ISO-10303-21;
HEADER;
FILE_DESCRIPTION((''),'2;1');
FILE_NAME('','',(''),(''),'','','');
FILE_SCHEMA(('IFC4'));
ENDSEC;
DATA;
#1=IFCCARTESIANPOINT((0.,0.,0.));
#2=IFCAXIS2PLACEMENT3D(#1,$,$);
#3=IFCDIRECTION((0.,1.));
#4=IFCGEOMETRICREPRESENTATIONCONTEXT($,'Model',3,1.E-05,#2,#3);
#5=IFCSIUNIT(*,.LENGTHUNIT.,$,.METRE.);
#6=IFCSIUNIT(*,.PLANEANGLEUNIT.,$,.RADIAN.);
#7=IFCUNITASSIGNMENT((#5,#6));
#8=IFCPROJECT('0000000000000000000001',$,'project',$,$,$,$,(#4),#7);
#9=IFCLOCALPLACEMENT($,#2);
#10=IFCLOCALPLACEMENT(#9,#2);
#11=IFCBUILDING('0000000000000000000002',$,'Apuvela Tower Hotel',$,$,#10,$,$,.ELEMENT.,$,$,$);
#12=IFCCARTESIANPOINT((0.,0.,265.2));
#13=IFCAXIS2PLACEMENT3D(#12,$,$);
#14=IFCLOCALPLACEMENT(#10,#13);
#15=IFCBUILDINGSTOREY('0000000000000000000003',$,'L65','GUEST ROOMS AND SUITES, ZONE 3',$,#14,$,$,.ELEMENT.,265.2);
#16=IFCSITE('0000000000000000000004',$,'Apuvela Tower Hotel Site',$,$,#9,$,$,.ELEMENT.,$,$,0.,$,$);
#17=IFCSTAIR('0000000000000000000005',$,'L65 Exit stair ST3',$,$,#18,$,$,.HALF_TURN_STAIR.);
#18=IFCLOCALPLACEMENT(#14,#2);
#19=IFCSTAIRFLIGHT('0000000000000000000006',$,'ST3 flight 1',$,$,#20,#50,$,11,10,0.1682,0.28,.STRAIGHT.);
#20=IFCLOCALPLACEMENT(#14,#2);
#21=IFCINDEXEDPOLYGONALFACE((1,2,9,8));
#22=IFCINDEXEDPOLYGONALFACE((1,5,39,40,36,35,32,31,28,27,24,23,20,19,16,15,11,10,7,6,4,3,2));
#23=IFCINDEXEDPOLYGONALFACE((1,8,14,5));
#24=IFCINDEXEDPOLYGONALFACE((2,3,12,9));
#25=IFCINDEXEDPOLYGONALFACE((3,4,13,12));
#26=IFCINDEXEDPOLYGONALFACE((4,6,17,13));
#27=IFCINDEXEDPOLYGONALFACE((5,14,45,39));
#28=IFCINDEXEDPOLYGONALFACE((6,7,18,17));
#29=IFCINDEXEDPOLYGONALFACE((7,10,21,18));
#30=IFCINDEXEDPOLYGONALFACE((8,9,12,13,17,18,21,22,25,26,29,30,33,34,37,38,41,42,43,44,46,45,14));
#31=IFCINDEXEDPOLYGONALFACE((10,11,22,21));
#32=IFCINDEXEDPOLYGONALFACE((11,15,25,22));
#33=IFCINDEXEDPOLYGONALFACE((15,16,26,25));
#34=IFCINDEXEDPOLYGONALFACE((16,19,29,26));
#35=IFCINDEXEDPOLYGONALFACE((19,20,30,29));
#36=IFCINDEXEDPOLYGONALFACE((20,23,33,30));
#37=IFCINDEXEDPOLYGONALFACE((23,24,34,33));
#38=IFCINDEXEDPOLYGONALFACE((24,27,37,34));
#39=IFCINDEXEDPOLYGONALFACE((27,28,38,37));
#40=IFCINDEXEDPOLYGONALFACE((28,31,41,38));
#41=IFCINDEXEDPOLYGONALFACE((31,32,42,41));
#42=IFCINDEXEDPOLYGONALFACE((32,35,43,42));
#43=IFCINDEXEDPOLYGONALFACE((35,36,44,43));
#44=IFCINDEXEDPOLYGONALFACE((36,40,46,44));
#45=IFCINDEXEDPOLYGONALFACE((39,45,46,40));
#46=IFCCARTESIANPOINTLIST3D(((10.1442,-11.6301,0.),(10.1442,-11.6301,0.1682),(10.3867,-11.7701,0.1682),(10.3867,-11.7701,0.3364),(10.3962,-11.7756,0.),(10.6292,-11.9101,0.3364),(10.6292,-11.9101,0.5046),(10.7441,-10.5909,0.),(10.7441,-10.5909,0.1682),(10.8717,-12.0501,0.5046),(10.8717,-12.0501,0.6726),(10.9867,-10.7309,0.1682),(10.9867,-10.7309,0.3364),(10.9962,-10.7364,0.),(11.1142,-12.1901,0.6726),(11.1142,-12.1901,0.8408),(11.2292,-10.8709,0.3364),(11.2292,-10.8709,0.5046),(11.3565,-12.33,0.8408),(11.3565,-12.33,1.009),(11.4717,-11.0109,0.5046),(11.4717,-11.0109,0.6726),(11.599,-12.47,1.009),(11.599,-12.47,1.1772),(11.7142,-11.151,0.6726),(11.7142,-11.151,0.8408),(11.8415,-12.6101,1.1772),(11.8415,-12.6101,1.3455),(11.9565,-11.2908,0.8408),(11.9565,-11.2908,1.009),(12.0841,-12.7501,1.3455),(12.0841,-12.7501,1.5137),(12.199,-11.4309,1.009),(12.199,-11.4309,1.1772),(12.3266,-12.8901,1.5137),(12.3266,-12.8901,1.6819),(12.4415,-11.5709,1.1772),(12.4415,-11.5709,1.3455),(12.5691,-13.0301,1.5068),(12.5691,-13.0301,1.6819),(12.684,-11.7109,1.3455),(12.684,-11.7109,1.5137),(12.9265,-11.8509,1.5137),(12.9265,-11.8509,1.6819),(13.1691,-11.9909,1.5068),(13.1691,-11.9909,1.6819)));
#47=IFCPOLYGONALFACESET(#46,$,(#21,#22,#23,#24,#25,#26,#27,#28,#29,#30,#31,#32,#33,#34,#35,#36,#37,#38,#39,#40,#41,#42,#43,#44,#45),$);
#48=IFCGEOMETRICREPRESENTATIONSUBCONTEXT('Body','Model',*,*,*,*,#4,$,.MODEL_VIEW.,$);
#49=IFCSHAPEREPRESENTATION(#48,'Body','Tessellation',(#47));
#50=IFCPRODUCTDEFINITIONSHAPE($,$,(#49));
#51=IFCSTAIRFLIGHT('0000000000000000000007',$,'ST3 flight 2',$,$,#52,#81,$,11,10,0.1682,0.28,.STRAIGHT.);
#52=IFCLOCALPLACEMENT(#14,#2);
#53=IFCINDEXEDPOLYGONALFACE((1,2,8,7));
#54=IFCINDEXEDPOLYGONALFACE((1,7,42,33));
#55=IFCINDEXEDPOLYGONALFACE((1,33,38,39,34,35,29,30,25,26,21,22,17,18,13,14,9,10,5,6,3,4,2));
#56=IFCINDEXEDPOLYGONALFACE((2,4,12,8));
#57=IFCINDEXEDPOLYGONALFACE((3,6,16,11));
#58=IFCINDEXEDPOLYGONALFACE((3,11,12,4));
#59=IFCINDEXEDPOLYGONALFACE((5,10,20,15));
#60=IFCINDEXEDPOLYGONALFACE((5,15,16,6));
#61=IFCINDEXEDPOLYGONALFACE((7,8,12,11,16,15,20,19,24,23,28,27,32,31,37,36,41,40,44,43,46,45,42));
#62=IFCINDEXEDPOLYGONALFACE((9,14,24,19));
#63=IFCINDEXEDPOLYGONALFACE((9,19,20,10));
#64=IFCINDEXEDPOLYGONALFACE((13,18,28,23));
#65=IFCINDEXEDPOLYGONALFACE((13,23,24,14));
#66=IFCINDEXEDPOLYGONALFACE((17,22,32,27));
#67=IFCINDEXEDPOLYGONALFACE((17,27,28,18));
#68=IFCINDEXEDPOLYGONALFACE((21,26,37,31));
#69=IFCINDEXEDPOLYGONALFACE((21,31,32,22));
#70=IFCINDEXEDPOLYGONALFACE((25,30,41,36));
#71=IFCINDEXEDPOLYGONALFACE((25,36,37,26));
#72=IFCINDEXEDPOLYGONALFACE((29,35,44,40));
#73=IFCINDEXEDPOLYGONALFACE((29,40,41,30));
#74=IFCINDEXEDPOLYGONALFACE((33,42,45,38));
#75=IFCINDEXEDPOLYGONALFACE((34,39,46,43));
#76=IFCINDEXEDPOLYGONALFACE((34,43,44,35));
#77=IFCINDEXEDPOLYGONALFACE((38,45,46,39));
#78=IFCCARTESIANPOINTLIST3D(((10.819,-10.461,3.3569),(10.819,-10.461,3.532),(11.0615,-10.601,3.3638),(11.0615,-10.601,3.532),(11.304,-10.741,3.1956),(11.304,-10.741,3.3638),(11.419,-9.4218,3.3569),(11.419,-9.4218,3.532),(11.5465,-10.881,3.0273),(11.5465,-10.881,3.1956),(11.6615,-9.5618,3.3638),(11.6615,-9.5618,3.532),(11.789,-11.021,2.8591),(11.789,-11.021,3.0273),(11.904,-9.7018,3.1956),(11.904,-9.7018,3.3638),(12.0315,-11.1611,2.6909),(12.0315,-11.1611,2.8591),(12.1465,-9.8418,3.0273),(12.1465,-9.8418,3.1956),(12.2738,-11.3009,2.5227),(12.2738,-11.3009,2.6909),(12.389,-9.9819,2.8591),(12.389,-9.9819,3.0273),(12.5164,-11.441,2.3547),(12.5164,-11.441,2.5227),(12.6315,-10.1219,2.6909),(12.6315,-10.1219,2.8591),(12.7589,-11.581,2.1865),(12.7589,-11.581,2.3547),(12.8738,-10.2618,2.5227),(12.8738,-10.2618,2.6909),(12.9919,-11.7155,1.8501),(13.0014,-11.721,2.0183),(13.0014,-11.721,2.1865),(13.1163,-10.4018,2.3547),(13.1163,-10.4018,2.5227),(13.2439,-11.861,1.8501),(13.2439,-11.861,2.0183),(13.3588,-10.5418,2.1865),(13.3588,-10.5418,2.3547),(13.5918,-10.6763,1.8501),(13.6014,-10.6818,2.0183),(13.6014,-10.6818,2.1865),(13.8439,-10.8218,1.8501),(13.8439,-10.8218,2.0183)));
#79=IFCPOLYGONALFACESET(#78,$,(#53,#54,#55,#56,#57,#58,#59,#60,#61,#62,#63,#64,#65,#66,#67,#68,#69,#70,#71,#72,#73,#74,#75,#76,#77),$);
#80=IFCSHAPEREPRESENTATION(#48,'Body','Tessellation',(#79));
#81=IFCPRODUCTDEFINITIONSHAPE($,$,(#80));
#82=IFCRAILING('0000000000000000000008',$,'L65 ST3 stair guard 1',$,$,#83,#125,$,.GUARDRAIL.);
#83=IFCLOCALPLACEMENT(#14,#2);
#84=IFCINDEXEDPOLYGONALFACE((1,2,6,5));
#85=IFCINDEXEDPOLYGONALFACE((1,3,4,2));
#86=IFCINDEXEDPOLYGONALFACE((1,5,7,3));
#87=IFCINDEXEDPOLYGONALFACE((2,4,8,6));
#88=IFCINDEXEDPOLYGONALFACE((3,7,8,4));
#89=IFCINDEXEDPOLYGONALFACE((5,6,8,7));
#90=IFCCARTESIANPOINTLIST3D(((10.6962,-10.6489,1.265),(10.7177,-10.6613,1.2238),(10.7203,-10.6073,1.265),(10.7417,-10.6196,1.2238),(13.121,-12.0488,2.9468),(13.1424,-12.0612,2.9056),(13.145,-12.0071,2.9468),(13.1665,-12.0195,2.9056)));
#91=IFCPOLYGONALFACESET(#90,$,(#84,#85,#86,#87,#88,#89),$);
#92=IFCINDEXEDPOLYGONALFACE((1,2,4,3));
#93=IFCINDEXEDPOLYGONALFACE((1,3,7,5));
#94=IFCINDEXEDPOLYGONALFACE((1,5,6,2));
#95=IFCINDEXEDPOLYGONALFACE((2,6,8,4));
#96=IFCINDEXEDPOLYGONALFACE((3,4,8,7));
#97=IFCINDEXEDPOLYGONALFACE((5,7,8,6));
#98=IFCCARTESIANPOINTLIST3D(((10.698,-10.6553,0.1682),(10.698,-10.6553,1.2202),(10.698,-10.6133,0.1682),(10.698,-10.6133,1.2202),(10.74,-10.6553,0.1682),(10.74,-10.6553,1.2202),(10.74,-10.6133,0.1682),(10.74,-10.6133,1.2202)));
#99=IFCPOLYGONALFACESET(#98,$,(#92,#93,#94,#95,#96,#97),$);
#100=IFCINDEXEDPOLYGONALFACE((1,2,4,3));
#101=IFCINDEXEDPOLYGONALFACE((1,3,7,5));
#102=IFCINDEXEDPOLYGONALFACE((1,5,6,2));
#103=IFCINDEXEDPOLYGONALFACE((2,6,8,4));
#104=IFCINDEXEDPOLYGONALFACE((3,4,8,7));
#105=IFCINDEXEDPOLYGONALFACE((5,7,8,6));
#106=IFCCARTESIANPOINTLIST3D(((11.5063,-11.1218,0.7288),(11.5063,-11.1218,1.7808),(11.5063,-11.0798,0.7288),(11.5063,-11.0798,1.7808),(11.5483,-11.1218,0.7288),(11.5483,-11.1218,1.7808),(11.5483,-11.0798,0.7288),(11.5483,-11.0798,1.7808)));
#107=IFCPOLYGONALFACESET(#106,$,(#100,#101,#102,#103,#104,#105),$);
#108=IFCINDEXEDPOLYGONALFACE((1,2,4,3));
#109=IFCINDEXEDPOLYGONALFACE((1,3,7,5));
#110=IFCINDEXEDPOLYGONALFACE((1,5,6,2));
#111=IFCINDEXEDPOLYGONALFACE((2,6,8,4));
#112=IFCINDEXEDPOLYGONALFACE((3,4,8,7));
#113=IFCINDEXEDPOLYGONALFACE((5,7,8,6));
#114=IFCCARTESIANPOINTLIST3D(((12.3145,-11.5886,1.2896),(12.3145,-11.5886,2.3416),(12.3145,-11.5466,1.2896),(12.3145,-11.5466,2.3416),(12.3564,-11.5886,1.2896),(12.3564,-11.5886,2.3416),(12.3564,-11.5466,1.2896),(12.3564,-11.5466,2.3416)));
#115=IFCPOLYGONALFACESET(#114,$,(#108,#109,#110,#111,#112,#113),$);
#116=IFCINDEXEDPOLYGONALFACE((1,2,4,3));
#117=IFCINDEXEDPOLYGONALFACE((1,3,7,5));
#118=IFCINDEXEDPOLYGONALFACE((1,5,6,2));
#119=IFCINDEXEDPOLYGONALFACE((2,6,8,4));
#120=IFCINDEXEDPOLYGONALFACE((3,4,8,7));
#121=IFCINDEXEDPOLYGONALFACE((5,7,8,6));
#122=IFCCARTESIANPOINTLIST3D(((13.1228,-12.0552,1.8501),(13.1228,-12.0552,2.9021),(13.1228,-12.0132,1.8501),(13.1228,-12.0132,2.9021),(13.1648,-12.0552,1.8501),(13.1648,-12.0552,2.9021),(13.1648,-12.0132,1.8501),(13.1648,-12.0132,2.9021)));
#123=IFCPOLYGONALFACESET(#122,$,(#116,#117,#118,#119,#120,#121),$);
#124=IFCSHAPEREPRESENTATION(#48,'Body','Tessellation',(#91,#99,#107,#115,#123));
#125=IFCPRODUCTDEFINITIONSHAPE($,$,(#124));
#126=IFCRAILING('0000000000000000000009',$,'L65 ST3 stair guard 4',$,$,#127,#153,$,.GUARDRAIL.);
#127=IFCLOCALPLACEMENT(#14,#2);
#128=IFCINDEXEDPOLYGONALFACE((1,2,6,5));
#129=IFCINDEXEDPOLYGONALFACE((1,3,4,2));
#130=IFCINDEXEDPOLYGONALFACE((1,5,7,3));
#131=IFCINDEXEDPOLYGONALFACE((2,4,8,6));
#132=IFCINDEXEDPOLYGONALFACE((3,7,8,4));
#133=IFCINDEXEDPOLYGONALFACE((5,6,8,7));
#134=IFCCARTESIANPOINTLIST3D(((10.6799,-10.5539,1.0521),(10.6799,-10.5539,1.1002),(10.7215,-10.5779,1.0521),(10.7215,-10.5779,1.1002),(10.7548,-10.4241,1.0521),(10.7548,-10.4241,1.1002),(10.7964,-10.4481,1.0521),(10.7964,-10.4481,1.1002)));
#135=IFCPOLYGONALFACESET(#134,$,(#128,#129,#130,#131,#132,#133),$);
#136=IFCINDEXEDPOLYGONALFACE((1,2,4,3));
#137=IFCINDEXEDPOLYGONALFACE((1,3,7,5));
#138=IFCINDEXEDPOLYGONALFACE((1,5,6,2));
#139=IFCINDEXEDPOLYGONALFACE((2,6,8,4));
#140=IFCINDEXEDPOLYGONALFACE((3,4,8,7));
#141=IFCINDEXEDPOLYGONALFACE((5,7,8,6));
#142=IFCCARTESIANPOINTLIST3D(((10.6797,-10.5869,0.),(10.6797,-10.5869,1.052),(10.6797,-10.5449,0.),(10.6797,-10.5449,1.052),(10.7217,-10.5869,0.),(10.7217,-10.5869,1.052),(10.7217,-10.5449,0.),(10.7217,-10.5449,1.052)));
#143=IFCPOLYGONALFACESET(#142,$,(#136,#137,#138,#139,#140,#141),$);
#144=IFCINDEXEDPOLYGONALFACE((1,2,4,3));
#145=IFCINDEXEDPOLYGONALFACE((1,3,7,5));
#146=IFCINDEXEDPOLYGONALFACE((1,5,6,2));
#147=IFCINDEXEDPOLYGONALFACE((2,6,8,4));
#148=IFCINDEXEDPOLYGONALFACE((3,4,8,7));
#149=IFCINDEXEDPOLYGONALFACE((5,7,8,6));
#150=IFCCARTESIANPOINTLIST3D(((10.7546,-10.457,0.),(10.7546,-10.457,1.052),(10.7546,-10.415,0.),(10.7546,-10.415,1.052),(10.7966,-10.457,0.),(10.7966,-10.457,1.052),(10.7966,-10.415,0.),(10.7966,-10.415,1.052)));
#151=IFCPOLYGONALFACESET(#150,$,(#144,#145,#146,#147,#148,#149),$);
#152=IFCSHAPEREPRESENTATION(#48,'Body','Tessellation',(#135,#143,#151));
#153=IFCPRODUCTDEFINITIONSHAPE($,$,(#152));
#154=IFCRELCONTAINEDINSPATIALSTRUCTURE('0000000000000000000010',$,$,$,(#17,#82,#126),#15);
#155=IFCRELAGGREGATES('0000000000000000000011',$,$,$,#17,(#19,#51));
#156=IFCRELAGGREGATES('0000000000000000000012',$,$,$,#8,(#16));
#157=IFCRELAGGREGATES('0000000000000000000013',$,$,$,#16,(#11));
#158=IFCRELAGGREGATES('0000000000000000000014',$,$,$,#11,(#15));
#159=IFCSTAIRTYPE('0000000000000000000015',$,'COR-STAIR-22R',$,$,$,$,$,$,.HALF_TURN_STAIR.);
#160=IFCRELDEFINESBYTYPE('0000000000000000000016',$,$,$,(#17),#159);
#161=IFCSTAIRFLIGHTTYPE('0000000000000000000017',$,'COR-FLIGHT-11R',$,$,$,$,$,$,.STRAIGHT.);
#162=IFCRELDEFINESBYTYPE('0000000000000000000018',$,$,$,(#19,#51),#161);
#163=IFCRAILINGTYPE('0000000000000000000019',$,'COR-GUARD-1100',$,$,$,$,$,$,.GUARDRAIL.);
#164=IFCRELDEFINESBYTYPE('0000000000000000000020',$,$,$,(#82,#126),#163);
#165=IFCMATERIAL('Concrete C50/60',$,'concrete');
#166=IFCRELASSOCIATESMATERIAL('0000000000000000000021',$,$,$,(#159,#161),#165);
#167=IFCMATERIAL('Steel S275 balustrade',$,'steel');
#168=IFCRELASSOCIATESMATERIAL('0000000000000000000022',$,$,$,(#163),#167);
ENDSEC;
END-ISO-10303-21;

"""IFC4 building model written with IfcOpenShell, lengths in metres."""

from ifc_helpers import new_model, si_unit, direction, frame, origin, origin_2d, place, context, subcontext, project, spatial, polyline, rectangle, outline, extrude, material, type_object, element, aggregate, save


model = new_model("IFC4")

# Units and contexts
model_context = context("Model", 3, precision=1e-05, world=origin(), true_north=direction((0.0, 1.0)))
body_context = subcontext(model_context, "Body", "Model", "MODEL_VIEW")
ifc_project = project(units=[si_unit("LENGTHUNIT", "METRE"), si_unit("PLANEANGLEUNIT", "RADIAN")], contexts=[model_context])

# Site, building, storey
site_placement = place(None, origin())
site = spatial("IfcSite", under=ifc_project, at=site_placement, Name="Apuvela Tower Hotel Site", CompositionType="ELEMENT", RefElevation=0.0)
building_placement = place(site_placement, origin())
building = spatial("IfcBuilding", under=site, at=building_placement, Name="Apuvela Tower Hotel", CompositionType="ELEMENT")
storey_placement = place(building_placement, frame((0.0, 0.0, 265.2)))
storey = spatial("IfcBuildingStorey", under=building, at=storey_placement, Name="L65", Description="GUEST ROOMS AND SUITES, ZONE 3", CompositionType="ELEMENT", Elevation=265.2)

# Shared definitions
ifc_material_1 = material(Name="Concrete C50/60", Category="concrete")

# Stair, stair flights
stair_type = type_object("IfcStairType", Name="COR-STAIR-22R", PredefinedType="HALF_TURN_STAIR", material=ifc_material_1)
stair_placement = place(storey_placement, origin())
stair = element("IfcStair", 1, at=stair_placement, inside=storey, type_object=stair_type, Name="L65 Exit stair ST3", PredefinedType="HALF_TURN_STAIR")
stair_flight_type = type_object("IfcStairFlightType", Name="COR-FLIGHT-11R", PredefinedType="STRAIGHT", material=ifc_material_1)
stair_flight_1_placement = place(storey_placement, frame((10.4441, -11.1106, 0.0), z_axis=(0.0, 0.0, 1.0), x_axis=(0.866025, -0.5, 0.0)))
stair_flight_1 = element("IfcStairFlight", 2, at=stair_flight_1_placement, type_object=stair_flight_type, Name="ST3 flight 1", NumberOfRisers=11, NumberOfTreads=10, PredefinedType="STRAIGHT", RiserHeight=0.1682, TreadLength=0.28, context=body_context, shape_type="SweptSolid", body=[
    extrude(outline(polyline([(0.0, 0.0), (0.0, 0.1682), (0.28, 0.1682), (0.28, 0.3364), (0.5601, 0.3364), (0.5601, 0.5046), (0.8401, 0.5046), (0.8401, 0.6726), (1.1201, 0.6726), (1.1201, 0.8408), (1.3999, 0.8408), (1.3999, 1.009), (1.6799, 1.009), (1.6799, 1.1772), (1.96, 1.1772), (1.96, 1.3455), (2.24, 1.3455), (2.24, 1.5137), (2.52, 1.5137), (2.52, 1.6819), (2.8, 1.6819), (2.8, 1.8501), (2.8, 1.5068), (0.291, 0.0), (0.0, 0.0)])), frame((0.0, 0.6001, 0.0), z_axis=(0.0, -1.0, 0.0), x_axis=(1.0, 0.0, 0.0)), (0.0, 0.0, 1.0), 1.2),
])
stair_flight_2_placement = place(storey_placement, frame((13.5439, -11.3413, 1.8501), z_axis=(0.0, 0.0, 1.0), x_axis=(-0.866025, 0.5, 0.0)))
stair_flight_2 = element("IfcStairFlight", 3, at=stair_flight_2_placement, type_object=stair_flight_type, Name="ST3 flight 2", NumberOfRisers=11, NumberOfTreads=10, PredefinedType="STRAIGHT", RiserHeight=0.1682, TreadLength=0.28, context=body_context, shape_type="SweptSolid", body=[
    extrude(outline(polyline([(0.0, 0.0), (0.0, 0.1682), (0.28, 0.1682), (0.28, 0.3364), (0.5601, 0.3364), (0.5601, 0.5046), (0.8401, 0.5046), (0.8401, 0.6726), (1.1201, 0.6726), (1.1201, 0.8408), (1.3999, 0.8408), (1.3999, 1.009), (1.6799, 1.009), (1.6799, 1.1772), (1.96, 1.1772), (1.96, 1.3455), (2.24, 1.3455), (2.24, 1.5137), (2.52, 1.5137), (2.52, 1.6819), (2.8, 1.6819), (2.8, 1.8501), (2.8, 1.5068), (0.291, 0.0), (0.0, 0.0)])), frame((0.0, 0.6001, 0.0), z_axis=(0.0, -1.0, 0.0), x_axis=(1.0, 0.0, 0.0)), (0.0, 0.0, 1.0), 1.2),
])
aggregate(stair, [stair_flight_1, stair_flight_2])

# Railings
ifc_material_2 = material(Name="Steel S275 balustrade", Category="steel")
railing_type_1 = type_object("IfcRailingType", Name="COR-GUARD-1100", PredefinedType="GUARDRAIL", material=ifc_material_2)
railing_1_placement = place(storey_placement, frame((10.719, -10.6343, 0.1682)))
element("IfcRailing", 4, at=railing_1_placement, inside=storey, type_object=railing_type_1, Name="L65 ST3 stair guard 1", PredefinedType="GUARDRAIL", context=body_context, shape_type="SweptSolid", body=[
    extrude(rectangle(XDim=0.0481, YDim=0.0481, at=origin_2d()), frame((0.0, 0.0, 1.0762), z_axis=(0.74239, -0.428601, 0.514934), x_axis=(0.499984, 0.866035, 0.0)), (0.0, 0.0, 1.0), 3.2661),
    extrude(rectangle(XDim=0.042, YDim=0.042, at=origin_2d()), origin(), (0.0, 0.0, 1.0), 1.052),
    extrude(rectangle(XDim=0.042, YDim=0.042, at=origin_2d()), frame((0.8083, -0.4666, 0.5605)), (0.0, 0.0, 1.0), 1.052),
    extrude(rectangle(XDim=0.042, YDim=0.042, at=origin_2d()), frame((1.6165, -0.9333, 1.1213)), (0.0, 0.0, 1.0), 1.052),
    extrude(rectangle(XDim=0.042, YDim=0.042, at=origin_2d()), frame((2.4248, -1.3999, 1.6819)), (0.0, 0.0, 1.0), 1.052),
])
railing_2_placement = place(storey_placement, frame((10.7007, -10.5659, 0.0)))
element("IfcRailing", 5, at=railing_2_placement, inside=storey, type_object=railing_type_1, Name="L65 ST3 stair guard 4", PredefinedType="GUARDRAIL", context=body_context, shape_type="SweptSolid", body=[
    extrude(rectangle(XDim=0.0481, YDim=0.0481, at=origin_2d()), frame((0.0, 0.0, 1.0762), z_axis=(0.499816, 0.866131, 0.0), x_axis=(-0.866131, 0.499816, 0.0)), (0.0, 0.0, 1.0), 0.1499),
    extrude(rectangle(XDim=0.042, YDim=0.042, at=origin_2d()), origin(), (0.0, 0.0, 1.0), 1.052),
    extrude(rectangle(XDim=0.042, YDim=0.042, at=origin_2d()), frame((0.075, 0.1299, 0.0)), (0.0, 0.0, 1.0), 1.052),
])

save(model, "model.ifc")
